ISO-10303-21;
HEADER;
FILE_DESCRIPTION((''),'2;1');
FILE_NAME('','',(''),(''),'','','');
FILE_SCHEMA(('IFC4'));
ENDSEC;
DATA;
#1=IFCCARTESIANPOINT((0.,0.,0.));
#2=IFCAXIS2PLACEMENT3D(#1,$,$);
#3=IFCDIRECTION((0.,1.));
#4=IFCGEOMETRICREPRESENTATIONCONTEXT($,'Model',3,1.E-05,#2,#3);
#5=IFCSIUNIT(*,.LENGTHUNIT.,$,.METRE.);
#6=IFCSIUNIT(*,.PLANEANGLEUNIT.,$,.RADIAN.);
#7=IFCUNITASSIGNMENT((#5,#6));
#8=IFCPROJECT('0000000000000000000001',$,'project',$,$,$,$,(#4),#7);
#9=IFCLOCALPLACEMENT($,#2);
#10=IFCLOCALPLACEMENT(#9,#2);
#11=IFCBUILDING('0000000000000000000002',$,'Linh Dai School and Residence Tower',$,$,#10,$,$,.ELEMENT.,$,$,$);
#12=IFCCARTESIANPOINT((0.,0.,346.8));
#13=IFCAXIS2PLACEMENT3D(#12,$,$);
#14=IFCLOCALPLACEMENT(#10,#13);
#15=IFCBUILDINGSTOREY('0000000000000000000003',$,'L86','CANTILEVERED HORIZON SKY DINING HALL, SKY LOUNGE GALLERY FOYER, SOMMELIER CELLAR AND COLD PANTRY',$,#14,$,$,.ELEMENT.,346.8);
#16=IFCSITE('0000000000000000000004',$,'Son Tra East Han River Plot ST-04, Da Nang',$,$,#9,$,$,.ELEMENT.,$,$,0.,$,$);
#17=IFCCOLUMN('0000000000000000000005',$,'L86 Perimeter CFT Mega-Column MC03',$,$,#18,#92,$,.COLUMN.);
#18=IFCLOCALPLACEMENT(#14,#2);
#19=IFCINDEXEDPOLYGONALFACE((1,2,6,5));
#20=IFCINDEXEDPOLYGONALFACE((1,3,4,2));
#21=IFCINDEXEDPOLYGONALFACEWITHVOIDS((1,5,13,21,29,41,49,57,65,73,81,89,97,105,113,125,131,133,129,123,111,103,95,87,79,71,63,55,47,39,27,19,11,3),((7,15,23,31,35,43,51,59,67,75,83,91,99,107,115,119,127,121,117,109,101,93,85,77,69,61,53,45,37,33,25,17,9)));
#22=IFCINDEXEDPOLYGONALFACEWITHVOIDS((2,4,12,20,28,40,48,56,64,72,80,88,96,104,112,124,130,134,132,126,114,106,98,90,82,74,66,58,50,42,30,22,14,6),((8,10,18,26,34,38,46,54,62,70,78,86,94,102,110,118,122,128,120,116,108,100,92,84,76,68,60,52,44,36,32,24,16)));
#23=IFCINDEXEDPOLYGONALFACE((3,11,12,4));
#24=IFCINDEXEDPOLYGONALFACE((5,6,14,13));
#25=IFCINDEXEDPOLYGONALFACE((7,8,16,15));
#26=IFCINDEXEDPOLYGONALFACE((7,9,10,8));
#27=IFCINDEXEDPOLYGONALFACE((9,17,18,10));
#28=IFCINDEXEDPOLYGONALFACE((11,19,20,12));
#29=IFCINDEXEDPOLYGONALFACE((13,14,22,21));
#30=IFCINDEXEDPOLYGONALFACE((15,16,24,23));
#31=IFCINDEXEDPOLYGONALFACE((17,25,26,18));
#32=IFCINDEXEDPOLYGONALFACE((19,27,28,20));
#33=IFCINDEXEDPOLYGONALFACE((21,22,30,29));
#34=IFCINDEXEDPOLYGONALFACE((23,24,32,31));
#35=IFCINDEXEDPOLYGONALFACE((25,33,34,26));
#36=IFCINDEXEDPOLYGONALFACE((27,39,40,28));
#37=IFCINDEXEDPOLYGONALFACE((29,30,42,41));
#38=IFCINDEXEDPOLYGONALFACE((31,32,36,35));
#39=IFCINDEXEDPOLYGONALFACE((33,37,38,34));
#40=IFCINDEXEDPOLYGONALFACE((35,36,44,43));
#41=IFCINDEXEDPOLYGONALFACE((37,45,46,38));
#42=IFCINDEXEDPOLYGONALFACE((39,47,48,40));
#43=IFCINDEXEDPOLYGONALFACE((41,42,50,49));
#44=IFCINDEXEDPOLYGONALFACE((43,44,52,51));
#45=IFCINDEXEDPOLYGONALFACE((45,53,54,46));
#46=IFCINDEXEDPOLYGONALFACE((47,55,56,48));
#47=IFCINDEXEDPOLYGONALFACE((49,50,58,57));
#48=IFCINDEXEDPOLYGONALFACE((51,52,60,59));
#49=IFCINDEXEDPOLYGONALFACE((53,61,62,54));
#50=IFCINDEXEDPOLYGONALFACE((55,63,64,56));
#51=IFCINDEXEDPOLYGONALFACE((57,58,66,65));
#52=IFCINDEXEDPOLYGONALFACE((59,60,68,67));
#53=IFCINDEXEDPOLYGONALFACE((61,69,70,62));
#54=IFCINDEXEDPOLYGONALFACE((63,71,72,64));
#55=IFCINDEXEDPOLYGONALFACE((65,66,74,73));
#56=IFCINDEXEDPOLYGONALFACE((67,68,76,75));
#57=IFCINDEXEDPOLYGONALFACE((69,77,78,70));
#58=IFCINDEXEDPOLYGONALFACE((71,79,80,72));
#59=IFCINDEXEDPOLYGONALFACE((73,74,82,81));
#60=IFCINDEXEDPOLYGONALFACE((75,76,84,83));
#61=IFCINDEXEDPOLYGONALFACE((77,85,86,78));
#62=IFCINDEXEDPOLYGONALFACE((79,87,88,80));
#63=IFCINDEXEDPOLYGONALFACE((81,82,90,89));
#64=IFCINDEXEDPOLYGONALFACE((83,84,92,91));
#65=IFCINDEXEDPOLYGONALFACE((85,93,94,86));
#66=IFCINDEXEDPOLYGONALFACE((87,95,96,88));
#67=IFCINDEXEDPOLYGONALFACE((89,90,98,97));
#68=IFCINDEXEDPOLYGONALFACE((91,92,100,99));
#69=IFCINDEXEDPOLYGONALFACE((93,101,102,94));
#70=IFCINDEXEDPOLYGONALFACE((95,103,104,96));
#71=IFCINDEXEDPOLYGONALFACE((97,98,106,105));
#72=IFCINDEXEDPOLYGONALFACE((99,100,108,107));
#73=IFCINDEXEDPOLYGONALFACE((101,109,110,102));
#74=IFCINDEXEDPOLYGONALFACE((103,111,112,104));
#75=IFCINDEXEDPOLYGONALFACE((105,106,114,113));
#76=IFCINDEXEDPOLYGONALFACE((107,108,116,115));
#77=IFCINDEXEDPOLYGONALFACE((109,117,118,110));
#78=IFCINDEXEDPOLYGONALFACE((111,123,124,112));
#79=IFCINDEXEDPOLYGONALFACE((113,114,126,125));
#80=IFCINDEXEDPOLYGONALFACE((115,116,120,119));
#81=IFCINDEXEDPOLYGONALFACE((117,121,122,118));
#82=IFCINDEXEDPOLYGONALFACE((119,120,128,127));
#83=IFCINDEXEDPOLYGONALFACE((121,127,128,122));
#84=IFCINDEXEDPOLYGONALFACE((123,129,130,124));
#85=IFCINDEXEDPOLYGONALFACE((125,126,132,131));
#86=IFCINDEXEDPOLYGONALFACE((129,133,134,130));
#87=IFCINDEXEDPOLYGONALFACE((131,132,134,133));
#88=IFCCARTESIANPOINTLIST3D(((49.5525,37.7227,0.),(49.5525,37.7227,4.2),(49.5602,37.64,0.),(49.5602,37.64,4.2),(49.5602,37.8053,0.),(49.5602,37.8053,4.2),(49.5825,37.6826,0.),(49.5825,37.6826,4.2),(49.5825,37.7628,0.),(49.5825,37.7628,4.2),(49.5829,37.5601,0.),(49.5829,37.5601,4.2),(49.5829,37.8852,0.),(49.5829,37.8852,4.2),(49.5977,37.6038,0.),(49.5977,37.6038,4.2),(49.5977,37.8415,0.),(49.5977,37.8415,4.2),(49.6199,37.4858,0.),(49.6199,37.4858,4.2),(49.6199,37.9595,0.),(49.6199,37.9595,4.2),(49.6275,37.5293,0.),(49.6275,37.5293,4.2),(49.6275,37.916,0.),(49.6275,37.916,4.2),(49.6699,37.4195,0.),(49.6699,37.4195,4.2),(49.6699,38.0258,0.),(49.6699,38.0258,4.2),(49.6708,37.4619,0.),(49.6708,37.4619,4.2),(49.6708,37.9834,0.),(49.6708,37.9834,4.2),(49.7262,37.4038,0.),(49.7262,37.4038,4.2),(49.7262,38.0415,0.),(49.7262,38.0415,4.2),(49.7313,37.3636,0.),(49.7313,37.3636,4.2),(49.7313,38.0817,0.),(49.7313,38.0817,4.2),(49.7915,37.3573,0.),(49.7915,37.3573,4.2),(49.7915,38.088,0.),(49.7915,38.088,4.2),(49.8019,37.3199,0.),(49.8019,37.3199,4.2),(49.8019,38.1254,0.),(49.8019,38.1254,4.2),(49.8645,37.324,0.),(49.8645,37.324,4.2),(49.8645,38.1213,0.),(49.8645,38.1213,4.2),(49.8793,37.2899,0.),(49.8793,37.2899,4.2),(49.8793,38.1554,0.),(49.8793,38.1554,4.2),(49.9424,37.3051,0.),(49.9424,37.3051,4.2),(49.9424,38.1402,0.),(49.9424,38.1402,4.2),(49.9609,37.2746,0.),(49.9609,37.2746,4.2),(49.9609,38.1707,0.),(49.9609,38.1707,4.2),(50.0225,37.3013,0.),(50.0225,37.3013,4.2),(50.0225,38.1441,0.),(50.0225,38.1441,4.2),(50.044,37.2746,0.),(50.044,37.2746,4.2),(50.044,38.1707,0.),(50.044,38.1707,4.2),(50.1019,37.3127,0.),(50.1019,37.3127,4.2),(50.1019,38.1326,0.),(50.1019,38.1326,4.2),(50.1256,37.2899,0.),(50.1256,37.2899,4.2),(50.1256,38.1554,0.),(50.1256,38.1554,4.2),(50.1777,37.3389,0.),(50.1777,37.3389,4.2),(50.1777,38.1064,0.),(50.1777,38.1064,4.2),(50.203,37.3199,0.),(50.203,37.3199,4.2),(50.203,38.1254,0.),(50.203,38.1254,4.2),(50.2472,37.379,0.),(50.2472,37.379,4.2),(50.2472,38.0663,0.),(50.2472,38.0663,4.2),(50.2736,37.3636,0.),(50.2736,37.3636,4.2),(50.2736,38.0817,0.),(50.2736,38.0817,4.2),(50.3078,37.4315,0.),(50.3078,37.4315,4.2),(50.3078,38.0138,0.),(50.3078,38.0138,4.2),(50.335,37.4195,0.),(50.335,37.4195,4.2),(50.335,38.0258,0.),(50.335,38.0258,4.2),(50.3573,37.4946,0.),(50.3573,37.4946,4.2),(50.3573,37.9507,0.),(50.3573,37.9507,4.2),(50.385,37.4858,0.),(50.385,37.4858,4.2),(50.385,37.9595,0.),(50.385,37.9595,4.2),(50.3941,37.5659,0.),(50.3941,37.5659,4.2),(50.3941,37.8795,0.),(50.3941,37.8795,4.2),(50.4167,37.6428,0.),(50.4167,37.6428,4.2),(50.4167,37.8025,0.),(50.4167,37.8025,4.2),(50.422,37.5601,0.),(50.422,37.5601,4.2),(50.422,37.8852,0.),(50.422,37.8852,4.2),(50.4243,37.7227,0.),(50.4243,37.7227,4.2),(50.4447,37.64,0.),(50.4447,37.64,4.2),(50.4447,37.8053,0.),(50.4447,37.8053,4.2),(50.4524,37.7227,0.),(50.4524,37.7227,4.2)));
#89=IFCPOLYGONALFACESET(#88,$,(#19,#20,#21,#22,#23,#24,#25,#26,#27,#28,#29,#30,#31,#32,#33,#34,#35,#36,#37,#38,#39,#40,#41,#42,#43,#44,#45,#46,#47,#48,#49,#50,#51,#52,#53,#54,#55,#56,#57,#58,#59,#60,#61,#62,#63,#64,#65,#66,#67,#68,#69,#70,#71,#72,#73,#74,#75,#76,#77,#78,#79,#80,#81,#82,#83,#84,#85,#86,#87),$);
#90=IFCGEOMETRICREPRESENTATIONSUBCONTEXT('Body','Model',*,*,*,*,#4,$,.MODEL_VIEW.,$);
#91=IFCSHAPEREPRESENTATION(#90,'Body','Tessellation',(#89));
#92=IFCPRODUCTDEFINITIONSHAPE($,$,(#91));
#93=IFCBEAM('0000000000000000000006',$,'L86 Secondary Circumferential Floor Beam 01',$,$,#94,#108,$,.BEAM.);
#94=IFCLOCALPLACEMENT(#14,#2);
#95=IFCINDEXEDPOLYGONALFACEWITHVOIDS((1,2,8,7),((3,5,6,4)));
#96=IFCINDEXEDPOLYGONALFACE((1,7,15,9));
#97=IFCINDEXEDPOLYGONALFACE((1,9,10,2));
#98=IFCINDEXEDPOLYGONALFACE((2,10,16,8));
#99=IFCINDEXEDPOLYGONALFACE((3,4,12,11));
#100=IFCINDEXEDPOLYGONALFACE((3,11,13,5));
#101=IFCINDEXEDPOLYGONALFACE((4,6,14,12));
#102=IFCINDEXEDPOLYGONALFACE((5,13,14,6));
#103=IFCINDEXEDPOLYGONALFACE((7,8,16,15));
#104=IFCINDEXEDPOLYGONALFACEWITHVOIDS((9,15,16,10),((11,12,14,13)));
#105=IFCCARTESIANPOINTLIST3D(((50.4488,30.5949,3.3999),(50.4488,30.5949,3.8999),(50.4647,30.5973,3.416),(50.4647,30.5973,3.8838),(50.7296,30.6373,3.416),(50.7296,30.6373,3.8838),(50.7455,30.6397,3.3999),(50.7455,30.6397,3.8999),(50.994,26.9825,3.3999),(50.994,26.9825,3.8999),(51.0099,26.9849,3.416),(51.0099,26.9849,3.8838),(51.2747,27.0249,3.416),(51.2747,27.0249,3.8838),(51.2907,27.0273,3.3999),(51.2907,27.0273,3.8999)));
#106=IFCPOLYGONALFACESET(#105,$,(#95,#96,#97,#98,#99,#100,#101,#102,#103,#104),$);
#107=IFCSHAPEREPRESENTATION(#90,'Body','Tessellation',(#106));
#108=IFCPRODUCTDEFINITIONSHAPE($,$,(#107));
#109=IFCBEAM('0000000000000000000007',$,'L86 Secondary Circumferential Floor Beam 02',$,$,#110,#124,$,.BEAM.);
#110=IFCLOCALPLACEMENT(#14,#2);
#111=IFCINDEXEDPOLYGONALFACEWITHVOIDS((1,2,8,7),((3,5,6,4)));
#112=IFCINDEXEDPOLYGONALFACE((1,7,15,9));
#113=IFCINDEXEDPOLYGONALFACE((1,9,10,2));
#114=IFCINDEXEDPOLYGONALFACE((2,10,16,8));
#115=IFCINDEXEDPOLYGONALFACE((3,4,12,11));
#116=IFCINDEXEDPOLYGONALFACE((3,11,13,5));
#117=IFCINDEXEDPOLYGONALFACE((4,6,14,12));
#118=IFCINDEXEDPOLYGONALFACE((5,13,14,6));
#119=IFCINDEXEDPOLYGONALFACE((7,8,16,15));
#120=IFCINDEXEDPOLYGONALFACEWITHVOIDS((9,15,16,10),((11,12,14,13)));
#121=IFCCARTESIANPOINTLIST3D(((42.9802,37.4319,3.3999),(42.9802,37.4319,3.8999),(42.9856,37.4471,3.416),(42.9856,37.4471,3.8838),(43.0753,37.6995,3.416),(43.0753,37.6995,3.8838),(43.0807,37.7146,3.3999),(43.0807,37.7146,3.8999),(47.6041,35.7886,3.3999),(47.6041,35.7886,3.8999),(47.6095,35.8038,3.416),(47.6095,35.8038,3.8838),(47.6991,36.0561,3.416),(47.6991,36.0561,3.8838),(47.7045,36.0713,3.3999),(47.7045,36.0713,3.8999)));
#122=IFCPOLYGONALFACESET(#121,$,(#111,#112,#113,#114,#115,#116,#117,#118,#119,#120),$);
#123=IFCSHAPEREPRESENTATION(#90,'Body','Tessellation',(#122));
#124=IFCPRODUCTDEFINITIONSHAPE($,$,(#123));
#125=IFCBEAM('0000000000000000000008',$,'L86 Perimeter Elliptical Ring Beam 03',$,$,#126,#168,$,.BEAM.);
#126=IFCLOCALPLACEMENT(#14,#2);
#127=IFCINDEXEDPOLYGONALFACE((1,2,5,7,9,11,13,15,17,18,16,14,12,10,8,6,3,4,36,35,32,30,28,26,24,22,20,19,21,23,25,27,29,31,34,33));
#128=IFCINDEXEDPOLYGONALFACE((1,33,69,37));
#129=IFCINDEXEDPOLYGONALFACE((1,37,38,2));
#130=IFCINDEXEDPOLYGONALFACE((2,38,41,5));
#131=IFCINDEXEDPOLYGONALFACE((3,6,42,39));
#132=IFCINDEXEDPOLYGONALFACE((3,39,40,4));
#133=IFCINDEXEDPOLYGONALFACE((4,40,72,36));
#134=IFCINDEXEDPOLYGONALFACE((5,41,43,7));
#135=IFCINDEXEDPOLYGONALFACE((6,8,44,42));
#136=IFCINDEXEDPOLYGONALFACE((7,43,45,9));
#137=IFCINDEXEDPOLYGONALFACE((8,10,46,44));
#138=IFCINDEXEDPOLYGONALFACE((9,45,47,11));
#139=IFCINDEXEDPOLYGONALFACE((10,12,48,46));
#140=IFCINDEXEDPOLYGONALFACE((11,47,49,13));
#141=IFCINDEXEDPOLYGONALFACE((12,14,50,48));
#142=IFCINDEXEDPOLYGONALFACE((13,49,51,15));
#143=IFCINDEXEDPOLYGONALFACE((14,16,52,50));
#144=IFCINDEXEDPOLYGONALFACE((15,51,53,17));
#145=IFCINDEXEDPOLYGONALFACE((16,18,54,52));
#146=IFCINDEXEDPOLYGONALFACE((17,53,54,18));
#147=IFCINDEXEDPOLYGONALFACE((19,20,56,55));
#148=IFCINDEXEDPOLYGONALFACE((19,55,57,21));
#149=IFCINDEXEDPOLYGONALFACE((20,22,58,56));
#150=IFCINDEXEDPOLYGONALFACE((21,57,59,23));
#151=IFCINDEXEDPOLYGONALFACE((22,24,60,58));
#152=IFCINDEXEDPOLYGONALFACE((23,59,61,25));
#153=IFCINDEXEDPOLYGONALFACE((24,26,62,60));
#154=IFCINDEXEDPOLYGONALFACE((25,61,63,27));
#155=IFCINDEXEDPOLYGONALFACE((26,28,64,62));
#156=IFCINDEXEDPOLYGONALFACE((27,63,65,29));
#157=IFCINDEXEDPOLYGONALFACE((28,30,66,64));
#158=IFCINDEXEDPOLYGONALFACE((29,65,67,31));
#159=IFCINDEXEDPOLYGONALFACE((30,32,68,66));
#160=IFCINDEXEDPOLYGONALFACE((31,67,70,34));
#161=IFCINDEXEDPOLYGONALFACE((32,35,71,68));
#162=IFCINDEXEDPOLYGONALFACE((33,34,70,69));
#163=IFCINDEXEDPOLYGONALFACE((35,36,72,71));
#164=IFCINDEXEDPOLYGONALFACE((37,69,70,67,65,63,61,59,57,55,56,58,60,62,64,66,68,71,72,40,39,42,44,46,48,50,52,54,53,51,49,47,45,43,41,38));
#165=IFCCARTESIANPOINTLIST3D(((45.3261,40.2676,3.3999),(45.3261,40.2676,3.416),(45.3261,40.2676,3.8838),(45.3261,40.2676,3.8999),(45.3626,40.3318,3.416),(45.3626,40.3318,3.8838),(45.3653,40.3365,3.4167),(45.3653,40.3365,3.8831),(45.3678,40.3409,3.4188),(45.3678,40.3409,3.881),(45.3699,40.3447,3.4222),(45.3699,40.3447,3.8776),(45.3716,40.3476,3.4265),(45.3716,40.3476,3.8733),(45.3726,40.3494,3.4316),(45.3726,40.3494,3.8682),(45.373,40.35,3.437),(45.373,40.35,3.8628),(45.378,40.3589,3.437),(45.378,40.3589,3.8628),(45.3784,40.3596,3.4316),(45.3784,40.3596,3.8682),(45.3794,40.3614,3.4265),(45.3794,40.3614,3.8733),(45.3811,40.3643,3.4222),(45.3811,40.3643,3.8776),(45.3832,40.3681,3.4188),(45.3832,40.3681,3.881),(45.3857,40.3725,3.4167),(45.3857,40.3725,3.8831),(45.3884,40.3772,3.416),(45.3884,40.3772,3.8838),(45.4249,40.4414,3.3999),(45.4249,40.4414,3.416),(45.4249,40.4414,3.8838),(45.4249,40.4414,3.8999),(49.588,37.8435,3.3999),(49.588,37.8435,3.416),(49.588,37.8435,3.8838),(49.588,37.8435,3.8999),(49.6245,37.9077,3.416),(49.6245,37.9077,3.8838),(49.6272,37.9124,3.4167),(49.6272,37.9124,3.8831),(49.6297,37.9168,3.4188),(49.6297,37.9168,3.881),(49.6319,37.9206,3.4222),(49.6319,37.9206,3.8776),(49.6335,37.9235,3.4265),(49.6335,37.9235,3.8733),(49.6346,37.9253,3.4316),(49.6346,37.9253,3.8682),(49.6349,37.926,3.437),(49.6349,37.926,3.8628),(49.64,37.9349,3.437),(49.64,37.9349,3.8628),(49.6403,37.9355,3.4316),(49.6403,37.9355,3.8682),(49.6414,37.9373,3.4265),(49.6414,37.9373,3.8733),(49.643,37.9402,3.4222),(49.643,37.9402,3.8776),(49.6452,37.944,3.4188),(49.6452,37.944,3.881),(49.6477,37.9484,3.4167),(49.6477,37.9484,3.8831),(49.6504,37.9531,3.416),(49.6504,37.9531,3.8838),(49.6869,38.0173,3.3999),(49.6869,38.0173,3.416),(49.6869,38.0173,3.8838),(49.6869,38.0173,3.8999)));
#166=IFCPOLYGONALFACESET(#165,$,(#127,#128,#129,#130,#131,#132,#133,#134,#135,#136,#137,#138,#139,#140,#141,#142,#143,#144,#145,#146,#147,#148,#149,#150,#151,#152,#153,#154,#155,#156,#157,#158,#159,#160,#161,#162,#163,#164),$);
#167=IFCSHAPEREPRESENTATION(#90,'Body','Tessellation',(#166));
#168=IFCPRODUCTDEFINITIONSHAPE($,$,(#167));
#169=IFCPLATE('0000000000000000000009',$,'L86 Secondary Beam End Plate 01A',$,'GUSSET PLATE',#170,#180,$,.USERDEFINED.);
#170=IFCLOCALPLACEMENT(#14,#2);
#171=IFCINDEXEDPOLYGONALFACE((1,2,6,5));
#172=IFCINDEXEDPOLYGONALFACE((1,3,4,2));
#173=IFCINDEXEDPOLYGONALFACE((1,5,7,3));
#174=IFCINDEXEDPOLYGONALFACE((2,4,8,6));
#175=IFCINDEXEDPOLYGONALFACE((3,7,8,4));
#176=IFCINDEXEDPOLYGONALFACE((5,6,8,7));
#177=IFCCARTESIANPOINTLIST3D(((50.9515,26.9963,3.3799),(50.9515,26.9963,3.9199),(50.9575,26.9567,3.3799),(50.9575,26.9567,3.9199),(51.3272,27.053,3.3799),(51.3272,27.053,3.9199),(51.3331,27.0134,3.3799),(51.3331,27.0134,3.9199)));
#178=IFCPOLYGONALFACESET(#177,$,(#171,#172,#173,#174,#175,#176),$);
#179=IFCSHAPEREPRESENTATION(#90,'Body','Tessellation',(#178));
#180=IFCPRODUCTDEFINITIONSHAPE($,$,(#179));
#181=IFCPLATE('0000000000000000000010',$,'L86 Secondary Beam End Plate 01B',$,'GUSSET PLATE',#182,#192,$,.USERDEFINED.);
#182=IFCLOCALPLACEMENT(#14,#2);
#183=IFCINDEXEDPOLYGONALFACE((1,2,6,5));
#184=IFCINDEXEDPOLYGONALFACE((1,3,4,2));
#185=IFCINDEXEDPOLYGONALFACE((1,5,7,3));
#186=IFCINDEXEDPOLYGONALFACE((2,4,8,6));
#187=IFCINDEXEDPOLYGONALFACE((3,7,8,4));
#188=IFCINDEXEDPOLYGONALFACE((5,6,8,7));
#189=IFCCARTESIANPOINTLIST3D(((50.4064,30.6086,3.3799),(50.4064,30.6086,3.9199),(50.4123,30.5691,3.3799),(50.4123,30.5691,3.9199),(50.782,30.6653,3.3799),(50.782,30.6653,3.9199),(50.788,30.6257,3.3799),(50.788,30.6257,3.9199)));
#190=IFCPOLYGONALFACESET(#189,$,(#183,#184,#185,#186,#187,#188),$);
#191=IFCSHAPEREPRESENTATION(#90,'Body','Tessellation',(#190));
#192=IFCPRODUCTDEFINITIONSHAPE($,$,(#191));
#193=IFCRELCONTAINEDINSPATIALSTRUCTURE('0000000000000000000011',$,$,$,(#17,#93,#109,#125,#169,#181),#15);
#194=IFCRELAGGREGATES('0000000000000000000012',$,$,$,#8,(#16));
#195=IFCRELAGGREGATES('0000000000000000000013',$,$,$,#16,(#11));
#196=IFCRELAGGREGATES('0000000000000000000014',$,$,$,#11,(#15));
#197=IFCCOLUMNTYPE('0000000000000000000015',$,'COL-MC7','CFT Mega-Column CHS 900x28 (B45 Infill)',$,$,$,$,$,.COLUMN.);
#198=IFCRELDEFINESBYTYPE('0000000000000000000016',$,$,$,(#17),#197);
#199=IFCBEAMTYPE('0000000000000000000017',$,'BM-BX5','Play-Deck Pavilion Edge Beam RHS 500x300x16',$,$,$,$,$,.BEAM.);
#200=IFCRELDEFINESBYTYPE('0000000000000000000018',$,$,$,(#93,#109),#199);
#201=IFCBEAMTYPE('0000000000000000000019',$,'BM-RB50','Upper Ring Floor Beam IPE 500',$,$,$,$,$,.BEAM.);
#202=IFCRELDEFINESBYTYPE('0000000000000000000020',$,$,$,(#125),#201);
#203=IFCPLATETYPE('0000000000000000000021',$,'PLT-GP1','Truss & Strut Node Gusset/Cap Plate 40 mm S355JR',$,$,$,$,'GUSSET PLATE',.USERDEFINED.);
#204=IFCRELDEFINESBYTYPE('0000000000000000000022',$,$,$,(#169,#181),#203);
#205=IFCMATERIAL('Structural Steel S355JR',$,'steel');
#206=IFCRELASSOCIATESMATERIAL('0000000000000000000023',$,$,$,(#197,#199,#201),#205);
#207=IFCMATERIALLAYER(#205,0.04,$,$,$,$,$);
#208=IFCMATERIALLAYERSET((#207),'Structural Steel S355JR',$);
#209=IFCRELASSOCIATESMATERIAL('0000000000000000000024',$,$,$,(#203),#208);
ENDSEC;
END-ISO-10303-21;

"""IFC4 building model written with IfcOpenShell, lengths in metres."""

from ifc_helpers import new_model, si_unit, direction, frame, origin, origin_2d, place, context, subcontext, project, spatial, rectangle, hollow_rectangle, hollow_circle, i_section, extrude, source, transform, mapped, material, layer, layer_set, material_profile, profile_set, type_object, element, save


model = new_model("IFC4")

# Units and contexts
model_context = context("Model", 3, precision=1e-05, world=origin(), true_north=direction((0.0, 1.0)))
body_context = subcontext(model_context, "Body", "Model", "MODEL_VIEW")
ifc_project = project(units=[si_unit("LENGTHUNIT", "METRE"), si_unit("PLANEANGLEUNIT", "RADIAN")], contexts=[model_context])

# Site, building, storey
site_placement = place(None, origin())
site = spatial("IfcSite", under=ifc_project, at=site_placement, Name="Son Tra East Han River Plot ST-04, Da Nang", CompositionType="ELEMENT", RefElevation=0.0)
building_placement = place(site_placement, origin())
building = spatial("IfcBuilding", under=site, at=building_placement, Name="Linh Dai School and Residence Tower", CompositionType="ELEMENT")
storey_placement = place(building_placement, frame((0.0, 0.0, 346.8)))
storey = spatial("IfcBuildingStorey", under=building, at=storey_placement, Name="L86", Description="CANTILEVERED HORIZON SKY DINING HALL, SKY LOUNGE GALLERY FOYER, SOMMELIER CELLAR AND COLD PANTRY", CompositionType="ELEMENT", Elevation=346.8)

# Column
ifc_material_1 = material(Name="Structural Steel S355JR", Category="steel")
ifc_material_profile_1 = material_profile(ifc_material_1, hollow_circle(Radius=0.45, WallThickness=0.0281, at=origin_2d()), Name="CHS 900x28")
ifc_profile_set_1 = profile_set([ifc_material_profile_1], Name="Structural Steel S355JR")
column_type = type_object("IfcColumnType", Name="COL-MC7", Description="CFT Mega-Column CHS 900x28 (B45 Infill)", PredefinedType="COLUMN", material=ifc_profile_set_1)
column_placement = place(storey_placement, frame((50.0024, 37.7227, 0.0), z_axis=(0.0, 0.0, 1.0), x_axis=(1.0, 0.0, 0.0)))
element("IfcColumn", 1, at=column_placement, inside=storey, type_object=column_type, Name="L86 Perimeter CFT Mega-Column MC03", PredefinedType="COLUMN", context=body_context, shape_type="SweptSolid", body=[
    extrude(hollow_circle(Radius=0.45, WallThickness=0.0281, at=origin_2d()), origin(), (0.0, 0.0, 1.0), 4.2),
])

# Beams
ifc_material_profile_2 = material_profile(ifc_material_1, hollow_rectangle(XDim=0.3, YDim=0.5, WallThickness=0.0161, at=origin_2d()), Name="RHS 500x300x16")
ifc_profile_set_2 = profile_set([ifc_material_profile_2], Name="Structural Steel S355JR")
beam_type_1 = type_object("IfcBeamType", Name="BM-BX5", Description="Play-Deck Pavilion Edge Beam RHS 500x300x16", PredefinedType="BEAM", material=ifc_profile_set_2)
beam_1_placement = place(storey_placement, frame((51.1423, 27.0049, 3.6499), z_axis=(-0.149229, 0.988803, 0.0), x_axis=(-0.988803, -0.149229, 0.0)))
element("IfcBeam", 2, at=beam_1_placement, inside=storey, type_object=beam_type_1, Name="L86 Secondary Circumferential Floor Beam 01", PredefinedType="BEAM", context=body_context, shape_type="SweptSolid", body=[
    extrude(hollow_rectangle(XDim=0.3, YDim=0.5, WallThickness=0.0161, at=origin_2d()), origin(), (0.0, 0.0, 1.0), 3.6533),
])
beam_2_placement = place(storey_placement, frame((47.6543, 35.9299, 3.6499), z_axis=(-0.94226, 0.334883, 0.0), x_axis=(-0.334883, -0.94226, 0.0)))
element("IfcBeam", 3, at=beam_2_placement, inside=storey, type_object=beam_type_1, Name="L86 Secondary Circumferential Floor Beam 02", PredefinedType="BEAM", context=body_context, shape_type="SweptSolid", body=[
    extrude(hollow_rectangle(XDim=0.3, YDim=0.5, WallThickness=0.0161, at=origin_2d()), origin(), (0.0, 0.0, 1.0), 4.9072),
])
ifc_material_profile_3 = material_profile(ifc_material_1, i_section(OverallWidth=0.2, OverallDepth=0.5, WebThickness=0.0103, FlangeThickness=0.0161, FilletRadius=0.021, at=origin_2d()), Name="IPE 500")
ifc_profile_set_3 = profile_set([ifc_material_profile_3], Name="Structural Steel S355JR")
beam_type_2 = type_object("IfcBeamType", Name="BM-RB50", Description="Upper Ring Floor Beam IPE 500", PredefinedType="BEAM", material=ifc_profile_set_3)
beam_3_placement = place(storey_placement, frame((49.6375, 37.9304, 3.6499), z_axis=(-0.869237, 0.494395, 0.0), x_axis=(-0.494395, -0.869237, 0.0)))
element("IfcBeam", 4, at=beam_3_placement, inside=storey, type_object=beam_type_2, Name="L86 Perimeter Elliptical Ring Beam 03", PredefinedType="BEAM", context=body_context, shape_type="SweptSolid", body=[
    extrude(i_section(OverallWidth=0.2, OverallDepth=0.5, WebThickness=0.0103, FlangeThickness=0.0161, FilletRadius=0.021, at=origin_2d()), origin(), (0.0, 0.0, 1.0), 4.9031),
])

# Plates
ifc_layer_1 = layer(ifc_material_1, 0.04)
ifc_layer_set_1 = layer_set([ifc_layer_1], Name="Structural Steel S355JR")
plate_type = type_object("IfcPlateType", Name="PLT-GP1", Description="Truss & Strut Node Gusset/Cap Plate 40 mm S355JR", ElementType="GUSSET PLATE", PredefinedType="USERDEFINED", material=ifc_layer_set_1)
shared_shape_1 = source(origin(), body_context, "Body", "SweptSolid", [
    extrude(rectangle(XDim=0.04, YDim=0.3799, at=origin_2d()), origin(), (0.0, 0.0, 1.0), 0.54),
])
for number, where, z_axis, x_axis, name in (
    (5, (51.1423, 27.0049, 3.3799), (0.0, 0.0, 1.0), (-0.149196, 0.988808, 0.0), "L86 Secondary Beam End Plate 01A"),
    (6, (50.5972, 30.6172, 3.3799), (0.0, 0.0, 1.0), (-0.149196, 0.988808, 0.0), "L86 Secondary Beam End Plate 01B"),
):
    element("IfcPlate", number, at=place(storey_placement, frame(where, z_axis=z_axis, x_axis=x_axis)), inside=storey, type_object=plate_type, Name=name, ObjectType="GUSSET PLATE", PredefinedType="USERDEFINED", context=body_context, shape_type="MappedRepresentation", body=[
        mapped(shared_shape_1, transform((0.0, 0.0, 0.0), x_axis=(1.0, 0.0, 0.0), y_axis=(0.0, 1.0, 0.0), z_axis=(0.0, 0.0, 1.0), scale=1.0)),
    ])

save(model, "model.ifc")
